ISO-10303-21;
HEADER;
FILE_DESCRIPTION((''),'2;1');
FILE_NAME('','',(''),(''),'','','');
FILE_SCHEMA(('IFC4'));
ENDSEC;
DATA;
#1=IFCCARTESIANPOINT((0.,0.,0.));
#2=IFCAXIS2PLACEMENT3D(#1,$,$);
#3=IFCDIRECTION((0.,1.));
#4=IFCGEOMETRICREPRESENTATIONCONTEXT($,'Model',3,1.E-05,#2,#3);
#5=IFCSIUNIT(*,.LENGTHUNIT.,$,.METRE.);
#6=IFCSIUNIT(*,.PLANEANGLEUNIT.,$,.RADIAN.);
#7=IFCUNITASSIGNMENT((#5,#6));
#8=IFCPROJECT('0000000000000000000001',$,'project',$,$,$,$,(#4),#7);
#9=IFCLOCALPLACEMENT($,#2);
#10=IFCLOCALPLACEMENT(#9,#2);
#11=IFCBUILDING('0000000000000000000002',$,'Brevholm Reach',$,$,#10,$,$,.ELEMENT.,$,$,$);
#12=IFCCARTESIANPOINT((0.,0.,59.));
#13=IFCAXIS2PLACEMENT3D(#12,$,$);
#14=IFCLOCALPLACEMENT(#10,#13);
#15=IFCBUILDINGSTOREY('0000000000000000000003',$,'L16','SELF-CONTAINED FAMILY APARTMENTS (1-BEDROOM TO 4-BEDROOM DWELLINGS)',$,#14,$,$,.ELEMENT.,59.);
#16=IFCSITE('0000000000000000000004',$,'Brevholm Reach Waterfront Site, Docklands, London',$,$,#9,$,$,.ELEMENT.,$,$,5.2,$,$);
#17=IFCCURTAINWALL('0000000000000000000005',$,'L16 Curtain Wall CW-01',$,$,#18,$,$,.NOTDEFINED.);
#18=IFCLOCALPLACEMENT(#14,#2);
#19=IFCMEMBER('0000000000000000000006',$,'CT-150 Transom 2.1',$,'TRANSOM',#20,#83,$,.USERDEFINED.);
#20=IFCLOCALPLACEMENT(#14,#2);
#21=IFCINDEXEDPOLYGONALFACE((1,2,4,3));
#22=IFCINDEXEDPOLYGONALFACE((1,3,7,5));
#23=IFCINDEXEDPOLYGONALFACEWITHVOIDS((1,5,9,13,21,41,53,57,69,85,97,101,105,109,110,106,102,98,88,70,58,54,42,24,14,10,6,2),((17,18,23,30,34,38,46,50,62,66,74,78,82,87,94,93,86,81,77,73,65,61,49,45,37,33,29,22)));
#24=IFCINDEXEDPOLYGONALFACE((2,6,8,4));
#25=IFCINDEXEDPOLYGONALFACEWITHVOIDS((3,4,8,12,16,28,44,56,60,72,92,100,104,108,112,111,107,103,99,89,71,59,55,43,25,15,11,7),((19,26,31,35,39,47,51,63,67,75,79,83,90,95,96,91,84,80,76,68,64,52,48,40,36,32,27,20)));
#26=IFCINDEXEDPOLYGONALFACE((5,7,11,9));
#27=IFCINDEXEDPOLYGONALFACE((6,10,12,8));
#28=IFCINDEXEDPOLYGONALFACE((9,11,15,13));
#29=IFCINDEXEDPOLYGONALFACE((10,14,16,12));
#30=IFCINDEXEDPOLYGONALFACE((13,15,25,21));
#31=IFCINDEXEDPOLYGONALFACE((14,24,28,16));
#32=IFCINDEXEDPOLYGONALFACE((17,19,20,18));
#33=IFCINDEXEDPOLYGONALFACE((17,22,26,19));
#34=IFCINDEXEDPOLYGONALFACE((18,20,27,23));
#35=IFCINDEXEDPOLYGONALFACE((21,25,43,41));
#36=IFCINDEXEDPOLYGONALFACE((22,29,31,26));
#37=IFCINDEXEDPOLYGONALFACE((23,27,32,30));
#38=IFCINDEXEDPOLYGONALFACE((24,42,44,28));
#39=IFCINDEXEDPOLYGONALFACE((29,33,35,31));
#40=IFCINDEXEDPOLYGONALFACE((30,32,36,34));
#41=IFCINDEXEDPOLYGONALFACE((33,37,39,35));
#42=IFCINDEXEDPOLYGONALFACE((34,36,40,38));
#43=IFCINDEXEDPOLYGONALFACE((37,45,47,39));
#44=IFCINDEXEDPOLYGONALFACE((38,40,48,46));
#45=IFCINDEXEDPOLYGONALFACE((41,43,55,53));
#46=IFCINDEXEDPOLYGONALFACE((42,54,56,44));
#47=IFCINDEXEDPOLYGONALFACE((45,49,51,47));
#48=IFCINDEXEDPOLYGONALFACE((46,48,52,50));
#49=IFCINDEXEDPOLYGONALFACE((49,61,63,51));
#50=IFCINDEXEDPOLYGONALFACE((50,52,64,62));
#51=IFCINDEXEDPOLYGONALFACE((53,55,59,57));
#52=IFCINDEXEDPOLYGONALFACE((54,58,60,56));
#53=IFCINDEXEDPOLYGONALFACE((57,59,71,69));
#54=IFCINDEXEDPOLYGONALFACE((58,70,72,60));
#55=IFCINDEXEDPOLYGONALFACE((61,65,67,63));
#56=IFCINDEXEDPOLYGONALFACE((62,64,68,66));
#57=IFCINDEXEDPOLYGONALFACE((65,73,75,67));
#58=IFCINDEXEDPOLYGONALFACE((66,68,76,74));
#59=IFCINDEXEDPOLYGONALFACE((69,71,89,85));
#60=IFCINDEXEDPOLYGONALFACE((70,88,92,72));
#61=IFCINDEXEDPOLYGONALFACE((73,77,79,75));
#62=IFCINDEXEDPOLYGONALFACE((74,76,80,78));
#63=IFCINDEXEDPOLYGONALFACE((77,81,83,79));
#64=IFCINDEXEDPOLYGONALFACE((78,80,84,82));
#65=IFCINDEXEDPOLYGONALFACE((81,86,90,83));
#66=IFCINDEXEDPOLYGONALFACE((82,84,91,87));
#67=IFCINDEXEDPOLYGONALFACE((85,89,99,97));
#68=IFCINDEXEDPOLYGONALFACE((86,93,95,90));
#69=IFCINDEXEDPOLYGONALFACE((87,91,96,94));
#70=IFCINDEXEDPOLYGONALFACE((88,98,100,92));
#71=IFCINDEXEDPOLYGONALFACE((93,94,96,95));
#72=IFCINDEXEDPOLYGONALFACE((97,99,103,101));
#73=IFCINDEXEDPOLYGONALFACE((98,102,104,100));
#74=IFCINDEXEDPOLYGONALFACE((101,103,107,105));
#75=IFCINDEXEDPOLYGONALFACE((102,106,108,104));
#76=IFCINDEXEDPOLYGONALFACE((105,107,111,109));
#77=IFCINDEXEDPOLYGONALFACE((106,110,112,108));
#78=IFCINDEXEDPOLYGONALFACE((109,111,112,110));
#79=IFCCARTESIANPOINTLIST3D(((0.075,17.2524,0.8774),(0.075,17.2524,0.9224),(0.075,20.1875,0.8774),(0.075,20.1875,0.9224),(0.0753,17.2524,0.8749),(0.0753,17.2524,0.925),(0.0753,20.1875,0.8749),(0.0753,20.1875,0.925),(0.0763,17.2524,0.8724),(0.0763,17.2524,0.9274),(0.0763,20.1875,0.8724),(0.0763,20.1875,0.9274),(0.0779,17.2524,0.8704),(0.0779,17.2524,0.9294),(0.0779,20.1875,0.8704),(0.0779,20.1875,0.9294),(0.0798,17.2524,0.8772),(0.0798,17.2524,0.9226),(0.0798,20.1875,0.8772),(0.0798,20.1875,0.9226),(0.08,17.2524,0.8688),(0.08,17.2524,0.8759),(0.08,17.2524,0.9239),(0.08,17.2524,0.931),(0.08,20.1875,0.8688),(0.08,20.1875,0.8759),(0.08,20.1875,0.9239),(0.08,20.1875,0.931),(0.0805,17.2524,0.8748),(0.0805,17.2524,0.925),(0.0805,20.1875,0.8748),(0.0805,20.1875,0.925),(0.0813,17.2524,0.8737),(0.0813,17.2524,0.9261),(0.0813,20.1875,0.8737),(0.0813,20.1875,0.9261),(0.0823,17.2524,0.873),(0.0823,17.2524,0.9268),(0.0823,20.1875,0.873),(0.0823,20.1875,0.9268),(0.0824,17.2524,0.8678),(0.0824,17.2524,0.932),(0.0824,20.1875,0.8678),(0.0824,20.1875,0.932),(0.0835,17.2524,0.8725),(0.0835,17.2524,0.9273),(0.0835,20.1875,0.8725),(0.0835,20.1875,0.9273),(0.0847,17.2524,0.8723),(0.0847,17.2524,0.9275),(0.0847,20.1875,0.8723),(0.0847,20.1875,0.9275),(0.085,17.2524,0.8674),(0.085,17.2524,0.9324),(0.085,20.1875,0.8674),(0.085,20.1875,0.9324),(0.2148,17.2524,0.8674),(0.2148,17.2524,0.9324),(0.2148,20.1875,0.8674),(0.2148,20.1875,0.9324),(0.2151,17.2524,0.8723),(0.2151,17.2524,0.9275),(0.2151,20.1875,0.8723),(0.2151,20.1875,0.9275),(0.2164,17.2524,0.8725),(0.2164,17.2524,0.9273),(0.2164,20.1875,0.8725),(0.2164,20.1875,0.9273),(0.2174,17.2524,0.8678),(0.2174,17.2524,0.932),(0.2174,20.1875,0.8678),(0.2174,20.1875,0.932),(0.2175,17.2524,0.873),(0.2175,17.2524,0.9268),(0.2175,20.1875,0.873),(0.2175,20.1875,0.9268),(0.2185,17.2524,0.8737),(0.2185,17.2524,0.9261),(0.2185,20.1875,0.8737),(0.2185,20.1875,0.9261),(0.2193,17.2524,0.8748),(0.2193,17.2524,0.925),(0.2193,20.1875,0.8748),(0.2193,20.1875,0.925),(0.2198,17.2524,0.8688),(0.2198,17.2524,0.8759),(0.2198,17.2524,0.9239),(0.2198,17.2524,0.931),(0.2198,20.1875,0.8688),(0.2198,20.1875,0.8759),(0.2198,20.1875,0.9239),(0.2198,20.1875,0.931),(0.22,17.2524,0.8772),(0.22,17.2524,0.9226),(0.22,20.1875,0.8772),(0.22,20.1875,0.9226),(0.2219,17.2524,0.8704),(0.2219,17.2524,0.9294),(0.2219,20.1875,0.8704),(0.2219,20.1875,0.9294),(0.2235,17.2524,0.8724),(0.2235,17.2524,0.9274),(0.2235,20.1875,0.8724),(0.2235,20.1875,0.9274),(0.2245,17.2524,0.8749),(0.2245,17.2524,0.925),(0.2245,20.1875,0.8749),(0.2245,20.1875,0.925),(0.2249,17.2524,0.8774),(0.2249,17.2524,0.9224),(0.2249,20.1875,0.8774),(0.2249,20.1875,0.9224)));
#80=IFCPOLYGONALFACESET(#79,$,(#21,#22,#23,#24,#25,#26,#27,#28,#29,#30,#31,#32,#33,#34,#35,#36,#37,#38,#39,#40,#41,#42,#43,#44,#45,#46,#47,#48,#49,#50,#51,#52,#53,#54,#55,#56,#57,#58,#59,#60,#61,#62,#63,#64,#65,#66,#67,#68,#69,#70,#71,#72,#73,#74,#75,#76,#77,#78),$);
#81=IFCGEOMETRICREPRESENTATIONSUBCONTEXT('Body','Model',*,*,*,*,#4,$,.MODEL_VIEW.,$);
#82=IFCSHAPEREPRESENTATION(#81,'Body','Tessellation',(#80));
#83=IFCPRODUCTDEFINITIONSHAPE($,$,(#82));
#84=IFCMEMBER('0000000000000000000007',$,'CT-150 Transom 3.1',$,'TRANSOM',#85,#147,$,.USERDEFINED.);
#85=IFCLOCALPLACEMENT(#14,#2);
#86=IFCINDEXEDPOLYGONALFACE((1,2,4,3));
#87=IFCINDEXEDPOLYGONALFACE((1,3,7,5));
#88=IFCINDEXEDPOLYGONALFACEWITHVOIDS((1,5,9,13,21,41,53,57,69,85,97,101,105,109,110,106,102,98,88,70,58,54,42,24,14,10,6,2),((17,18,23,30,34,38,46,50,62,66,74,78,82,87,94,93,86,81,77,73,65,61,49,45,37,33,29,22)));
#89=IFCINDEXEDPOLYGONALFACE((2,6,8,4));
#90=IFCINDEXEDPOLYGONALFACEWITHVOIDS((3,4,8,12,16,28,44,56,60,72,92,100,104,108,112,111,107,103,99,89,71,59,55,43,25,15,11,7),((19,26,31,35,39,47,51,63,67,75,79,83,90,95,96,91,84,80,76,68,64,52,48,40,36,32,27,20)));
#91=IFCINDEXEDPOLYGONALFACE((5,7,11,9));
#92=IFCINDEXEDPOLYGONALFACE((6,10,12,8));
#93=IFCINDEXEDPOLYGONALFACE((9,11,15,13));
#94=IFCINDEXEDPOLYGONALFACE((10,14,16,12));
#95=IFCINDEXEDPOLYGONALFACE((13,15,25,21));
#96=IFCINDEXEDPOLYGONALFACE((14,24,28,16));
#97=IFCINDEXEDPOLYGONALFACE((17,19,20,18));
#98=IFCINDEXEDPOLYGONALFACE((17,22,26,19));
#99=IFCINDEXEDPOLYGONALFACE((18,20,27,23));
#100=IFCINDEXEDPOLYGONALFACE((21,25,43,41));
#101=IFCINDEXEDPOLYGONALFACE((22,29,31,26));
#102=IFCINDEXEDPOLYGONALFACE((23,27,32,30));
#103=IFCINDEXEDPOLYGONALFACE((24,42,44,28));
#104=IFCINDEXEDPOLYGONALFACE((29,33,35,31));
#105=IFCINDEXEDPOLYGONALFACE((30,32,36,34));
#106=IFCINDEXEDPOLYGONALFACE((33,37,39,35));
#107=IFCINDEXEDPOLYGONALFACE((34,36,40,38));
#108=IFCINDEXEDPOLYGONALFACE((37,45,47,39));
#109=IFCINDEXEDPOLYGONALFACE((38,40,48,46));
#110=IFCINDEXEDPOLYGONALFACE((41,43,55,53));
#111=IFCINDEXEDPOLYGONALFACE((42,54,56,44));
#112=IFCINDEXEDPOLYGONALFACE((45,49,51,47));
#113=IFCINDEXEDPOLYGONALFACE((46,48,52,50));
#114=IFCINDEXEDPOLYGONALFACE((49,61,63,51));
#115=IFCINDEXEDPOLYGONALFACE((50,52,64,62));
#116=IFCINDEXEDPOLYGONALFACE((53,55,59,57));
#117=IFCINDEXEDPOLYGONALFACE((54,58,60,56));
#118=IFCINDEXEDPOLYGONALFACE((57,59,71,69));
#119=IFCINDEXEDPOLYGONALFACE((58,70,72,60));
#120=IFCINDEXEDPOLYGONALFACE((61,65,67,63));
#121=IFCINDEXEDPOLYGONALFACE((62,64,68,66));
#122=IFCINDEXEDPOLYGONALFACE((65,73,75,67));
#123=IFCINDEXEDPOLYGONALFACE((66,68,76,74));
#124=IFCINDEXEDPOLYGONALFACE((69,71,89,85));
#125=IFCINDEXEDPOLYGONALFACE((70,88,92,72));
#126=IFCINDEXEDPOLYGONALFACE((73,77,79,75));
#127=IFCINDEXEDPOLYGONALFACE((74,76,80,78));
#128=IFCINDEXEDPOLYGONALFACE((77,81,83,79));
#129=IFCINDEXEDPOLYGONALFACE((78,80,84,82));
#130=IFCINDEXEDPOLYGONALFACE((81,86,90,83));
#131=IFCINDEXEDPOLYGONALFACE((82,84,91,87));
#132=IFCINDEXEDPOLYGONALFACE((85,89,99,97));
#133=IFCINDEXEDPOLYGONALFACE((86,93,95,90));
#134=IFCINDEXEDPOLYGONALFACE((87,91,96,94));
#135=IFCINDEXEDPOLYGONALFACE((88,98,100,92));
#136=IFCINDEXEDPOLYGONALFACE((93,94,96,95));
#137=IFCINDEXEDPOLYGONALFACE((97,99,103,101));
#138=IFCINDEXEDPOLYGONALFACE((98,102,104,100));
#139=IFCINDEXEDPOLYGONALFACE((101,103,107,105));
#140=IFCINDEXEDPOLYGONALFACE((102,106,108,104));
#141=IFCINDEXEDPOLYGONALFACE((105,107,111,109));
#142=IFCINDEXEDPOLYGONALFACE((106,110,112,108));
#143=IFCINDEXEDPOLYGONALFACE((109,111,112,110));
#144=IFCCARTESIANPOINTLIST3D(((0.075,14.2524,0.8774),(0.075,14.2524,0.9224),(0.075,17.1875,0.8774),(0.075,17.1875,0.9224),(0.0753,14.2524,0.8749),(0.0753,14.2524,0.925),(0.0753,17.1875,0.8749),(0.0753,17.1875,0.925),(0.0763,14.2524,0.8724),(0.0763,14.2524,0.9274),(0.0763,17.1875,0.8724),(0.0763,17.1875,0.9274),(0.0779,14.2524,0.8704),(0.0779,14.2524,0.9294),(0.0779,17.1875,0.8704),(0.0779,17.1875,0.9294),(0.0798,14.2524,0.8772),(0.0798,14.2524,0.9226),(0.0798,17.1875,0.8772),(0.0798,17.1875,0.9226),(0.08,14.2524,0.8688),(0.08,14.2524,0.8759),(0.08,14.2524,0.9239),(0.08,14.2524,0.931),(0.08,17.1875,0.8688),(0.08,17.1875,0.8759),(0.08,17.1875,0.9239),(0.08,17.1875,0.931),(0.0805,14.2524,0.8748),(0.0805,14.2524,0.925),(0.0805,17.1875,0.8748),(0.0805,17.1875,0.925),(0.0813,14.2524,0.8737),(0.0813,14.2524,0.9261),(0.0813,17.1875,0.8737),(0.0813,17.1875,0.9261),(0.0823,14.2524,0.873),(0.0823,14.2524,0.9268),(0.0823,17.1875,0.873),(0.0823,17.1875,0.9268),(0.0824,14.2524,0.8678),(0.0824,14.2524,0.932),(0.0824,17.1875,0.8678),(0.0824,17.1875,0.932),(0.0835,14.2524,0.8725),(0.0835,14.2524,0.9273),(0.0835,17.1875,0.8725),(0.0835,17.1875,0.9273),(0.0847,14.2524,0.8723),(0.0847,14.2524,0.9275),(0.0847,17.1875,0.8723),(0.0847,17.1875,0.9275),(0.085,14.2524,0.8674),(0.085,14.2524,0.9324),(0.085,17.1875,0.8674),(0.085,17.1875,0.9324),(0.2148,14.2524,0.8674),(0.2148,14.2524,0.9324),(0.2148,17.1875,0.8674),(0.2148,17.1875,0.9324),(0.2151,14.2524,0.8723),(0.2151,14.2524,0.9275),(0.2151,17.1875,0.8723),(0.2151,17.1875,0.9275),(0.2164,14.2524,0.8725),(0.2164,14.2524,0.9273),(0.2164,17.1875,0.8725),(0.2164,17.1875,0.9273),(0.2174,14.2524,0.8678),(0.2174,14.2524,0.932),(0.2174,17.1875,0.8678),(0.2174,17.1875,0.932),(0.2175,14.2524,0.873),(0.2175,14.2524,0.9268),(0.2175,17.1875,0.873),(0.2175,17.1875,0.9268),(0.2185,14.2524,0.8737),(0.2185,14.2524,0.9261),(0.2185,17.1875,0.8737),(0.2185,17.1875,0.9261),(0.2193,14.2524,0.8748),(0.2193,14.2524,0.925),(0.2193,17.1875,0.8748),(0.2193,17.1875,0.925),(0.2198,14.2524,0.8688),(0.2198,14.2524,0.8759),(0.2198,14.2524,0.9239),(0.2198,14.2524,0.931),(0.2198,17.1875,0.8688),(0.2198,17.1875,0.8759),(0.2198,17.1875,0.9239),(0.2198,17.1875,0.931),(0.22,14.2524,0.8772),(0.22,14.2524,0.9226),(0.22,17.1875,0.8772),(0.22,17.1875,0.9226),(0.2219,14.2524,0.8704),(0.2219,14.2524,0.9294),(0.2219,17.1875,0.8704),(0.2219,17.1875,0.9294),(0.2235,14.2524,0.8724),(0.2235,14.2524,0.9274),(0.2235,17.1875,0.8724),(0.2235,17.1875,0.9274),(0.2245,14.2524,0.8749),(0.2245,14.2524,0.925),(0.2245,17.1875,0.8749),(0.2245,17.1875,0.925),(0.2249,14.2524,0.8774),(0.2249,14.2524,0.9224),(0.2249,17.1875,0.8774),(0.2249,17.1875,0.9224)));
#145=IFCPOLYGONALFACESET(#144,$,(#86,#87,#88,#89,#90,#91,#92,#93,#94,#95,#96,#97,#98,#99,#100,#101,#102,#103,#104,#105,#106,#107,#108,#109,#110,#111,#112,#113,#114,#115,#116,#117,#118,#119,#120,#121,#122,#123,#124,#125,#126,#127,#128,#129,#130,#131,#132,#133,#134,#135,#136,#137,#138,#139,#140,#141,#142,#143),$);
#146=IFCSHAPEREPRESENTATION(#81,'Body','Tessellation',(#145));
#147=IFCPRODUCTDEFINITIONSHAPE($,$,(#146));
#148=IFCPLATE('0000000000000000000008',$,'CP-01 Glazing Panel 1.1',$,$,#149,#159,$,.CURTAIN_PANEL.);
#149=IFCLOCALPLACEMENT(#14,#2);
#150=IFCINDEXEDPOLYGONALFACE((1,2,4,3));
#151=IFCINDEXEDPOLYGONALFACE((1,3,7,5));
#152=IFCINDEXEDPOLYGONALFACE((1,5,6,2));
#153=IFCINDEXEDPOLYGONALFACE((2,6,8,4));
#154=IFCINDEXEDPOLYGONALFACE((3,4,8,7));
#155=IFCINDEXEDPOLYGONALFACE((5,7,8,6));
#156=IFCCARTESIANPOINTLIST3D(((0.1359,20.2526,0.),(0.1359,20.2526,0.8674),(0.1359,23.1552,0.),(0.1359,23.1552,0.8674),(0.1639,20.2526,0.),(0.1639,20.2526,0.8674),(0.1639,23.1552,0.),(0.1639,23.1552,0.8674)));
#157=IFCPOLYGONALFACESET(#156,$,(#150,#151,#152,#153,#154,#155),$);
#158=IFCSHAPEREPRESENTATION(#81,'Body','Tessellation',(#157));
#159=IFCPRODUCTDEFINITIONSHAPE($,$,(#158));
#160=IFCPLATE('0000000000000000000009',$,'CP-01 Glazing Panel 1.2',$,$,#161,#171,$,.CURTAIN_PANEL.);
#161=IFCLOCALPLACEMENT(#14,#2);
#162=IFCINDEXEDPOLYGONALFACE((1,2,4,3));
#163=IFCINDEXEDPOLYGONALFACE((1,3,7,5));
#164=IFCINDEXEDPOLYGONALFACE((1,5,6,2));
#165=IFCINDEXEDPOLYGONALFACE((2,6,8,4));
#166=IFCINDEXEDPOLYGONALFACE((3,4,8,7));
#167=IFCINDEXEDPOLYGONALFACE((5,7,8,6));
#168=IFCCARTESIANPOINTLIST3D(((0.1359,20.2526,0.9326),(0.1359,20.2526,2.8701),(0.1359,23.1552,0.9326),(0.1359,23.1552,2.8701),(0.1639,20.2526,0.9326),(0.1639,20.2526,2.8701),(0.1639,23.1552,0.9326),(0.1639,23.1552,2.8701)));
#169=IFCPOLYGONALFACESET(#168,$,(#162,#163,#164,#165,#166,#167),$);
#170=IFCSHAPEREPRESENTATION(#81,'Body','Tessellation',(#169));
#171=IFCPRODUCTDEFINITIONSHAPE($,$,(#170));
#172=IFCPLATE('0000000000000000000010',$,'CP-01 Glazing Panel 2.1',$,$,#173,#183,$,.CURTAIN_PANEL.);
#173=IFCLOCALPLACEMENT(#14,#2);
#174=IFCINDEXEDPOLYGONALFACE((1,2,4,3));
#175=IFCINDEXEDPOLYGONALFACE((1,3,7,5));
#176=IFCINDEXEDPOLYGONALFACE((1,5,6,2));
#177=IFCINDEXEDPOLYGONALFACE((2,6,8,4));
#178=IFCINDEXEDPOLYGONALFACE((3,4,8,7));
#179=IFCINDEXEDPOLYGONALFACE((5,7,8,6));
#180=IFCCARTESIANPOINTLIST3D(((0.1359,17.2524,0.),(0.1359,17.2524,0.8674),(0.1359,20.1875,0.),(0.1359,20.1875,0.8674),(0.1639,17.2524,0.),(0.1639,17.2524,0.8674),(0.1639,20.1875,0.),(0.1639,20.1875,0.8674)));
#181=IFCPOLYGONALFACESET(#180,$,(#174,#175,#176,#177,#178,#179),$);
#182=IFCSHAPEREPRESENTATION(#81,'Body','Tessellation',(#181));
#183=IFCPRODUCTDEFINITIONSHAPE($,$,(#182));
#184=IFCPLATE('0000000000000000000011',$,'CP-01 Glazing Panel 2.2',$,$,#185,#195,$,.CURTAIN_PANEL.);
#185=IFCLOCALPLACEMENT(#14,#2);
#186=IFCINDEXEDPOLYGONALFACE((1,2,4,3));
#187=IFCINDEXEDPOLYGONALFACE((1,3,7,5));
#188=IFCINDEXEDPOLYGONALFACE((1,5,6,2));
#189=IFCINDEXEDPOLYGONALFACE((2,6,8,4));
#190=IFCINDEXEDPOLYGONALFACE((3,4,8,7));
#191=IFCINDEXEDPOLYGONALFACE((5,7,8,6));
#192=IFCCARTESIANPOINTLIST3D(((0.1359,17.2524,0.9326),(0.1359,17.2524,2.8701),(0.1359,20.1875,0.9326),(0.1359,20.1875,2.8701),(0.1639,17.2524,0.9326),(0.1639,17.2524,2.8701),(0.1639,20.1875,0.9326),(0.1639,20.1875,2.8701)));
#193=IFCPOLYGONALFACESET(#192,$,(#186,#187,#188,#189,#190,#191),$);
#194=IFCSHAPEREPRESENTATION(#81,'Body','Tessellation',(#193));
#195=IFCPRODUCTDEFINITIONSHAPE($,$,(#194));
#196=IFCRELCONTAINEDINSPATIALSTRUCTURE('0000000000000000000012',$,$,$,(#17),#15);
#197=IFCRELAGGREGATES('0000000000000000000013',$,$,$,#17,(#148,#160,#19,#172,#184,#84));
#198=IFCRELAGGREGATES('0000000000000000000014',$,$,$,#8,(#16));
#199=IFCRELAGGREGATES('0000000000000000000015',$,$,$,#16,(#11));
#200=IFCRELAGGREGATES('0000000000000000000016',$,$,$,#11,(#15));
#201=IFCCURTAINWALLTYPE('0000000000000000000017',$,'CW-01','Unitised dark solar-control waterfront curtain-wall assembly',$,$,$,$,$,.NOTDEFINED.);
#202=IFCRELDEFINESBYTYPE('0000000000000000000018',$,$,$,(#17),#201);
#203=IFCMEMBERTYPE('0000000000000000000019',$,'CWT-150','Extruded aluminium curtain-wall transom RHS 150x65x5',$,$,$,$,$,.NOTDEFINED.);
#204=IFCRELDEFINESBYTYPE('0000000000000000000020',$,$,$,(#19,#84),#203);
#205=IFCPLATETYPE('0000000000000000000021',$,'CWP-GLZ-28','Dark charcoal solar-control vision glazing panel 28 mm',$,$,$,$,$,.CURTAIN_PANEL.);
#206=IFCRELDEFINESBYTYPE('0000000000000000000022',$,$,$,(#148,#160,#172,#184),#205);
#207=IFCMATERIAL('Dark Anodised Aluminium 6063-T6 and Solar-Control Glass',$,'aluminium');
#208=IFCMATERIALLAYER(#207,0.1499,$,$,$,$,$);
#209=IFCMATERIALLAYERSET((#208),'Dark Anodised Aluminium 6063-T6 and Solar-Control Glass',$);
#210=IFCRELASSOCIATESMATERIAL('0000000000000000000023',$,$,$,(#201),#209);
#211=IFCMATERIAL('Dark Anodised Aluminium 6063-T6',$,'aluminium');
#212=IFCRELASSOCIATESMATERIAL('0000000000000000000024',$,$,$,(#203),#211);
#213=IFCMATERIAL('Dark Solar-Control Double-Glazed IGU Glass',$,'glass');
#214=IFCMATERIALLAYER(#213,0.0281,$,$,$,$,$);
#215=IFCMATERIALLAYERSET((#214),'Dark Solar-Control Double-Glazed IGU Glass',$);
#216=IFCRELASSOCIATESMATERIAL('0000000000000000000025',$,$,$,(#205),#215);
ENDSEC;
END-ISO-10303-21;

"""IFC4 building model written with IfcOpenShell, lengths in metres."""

from ifc_helpers import new_model, si_unit, direction, frame, origin, origin_2d, place, context, subcontext, project, spatial, rectangle, hollow_rectangle, extrude, material, layer, layer_set, material_profile, profile_set, type_object, element, aggregate, save


model = new_model("IFC4")

# Units and contexts
model_context = context("Model", 3, precision=1e-05, world=origin(), true_north=direction((0.0, 1.0)))
body_context = subcontext(model_context, "Body", "Model", "MODEL_VIEW")
ifc_project = project(units=[si_unit("LENGTHUNIT", "METRE"), si_unit("PLANEANGLEUNIT", "RADIAN")], contexts=[model_context])

# Site, building, storey
site_placement = place(None, origin())
site = spatial("IfcSite", under=ifc_project, at=site_placement, Name="Brevholm Reach Waterfront Site, Docklands, London", CompositionType="ELEMENT", RefElevation=5.2)
building_placement = place(site_placement, origin())
building = spatial("IfcBuilding", under=site, at=building_placement, Name="Brevholm Reach", CompositionType="ELEMENT")
storey_placement = place(building_placement, frame((0.0, 0.0, 59.0)))
storey = spatial("IfcBuildingStorey", under=building, at=storey_placement, Name="L16", Description="SELF-CONTAINED FAMILY APARTMENTS (1-BEDROOM TO 4-BEDROOM DWELLINGS)", CompositionType="ELEMENT", Elevation=59.0)

# Curtain wall, members, plates
ifc_material_1 = material(Name="Dark Anodised Aluminium 6063-T6 and Solar-Control Glass", Category="aluminium")
ifc_layer_1 = layer(ifc_material_1, 0.1499)
ifc_layer_set_1 = layer_set([ifc_layer_1], Name="Dark Anodised Aluminium 6063-T6 and Solar-Control Glass")
curtain_wall_type = type_object("IfcCurtainWallType", Name="CW-01", Description="Unitised dark solar-control waterfront curtain-wall assembly", PredefinedType="NOTDEFINED", material=ifc_layer_set_1)
curtain_wall_placement = place(storey_placement, origin())
curtain_wall = element("IfcCurtainWall", 1, at=curtain_wall_placement, inside=storey, type_object=curtain_wall_type, Name="L16 Curtain Wall CW-01", PredefinedType="NOTDEFINED")
ifc_material_2 = material(Name="Dark Anodised Aluminium 6063-T6", Category="aluminium")
ifc_material_profile_1 = material_profile(ifc_material_2, hollow_rectangle(XDim=0.0649, YDim=0.1499, WallThickness=0.0049, InnerFilletRadius=0.0049, OuterFilletRadius=0.01, at=origin_2d()), Name="RHS 150x65x5")
ifc_profile_set_1 = profile_set([ifc_material_profile_1], Name="Dark Anodised Aluminium 6063-T6")
member_type_1 = type_object("IfcMemberType", Name="CWT-150", Description="Extruded aluminium curtain-wall transom RHS 150x65x5", PredefinedType="NOTDEFINED", material=ifc_profile_set_1)
member_1_placement = place(storey_placement, frame((0.1499, 20.1875, 0.8999), z_axis=(0.0, -1.0, 0.0), x_axis=(0.0, 0.0, 1.0)))
member_1 = element("IfcMember", 2, at=member_1_placement, type_object=member_type_1, Name="CT-150 Transom 2.1", ObjectType="TRANSOM", PredefinedType="USERDEFINED", context=body_context, shape_type="SweptSolid", body=[
    extrude(hollow_rectangle(XDim=0.0649, YDim=0.1499, WallThickness=0.0049, InnerFilletRadius=0.0049, OuterFilletRadius=0.01, at=origin_2d()), origin(), (0.0, 0.0, 1.0), 2.9351),
])
member_2_placement = place(storey_placement, frame((0.1499, 17.1875, 0.8999), z_axis=(0.0, -1.0, 0.0), x_axis=(0.0, 0.0, 1.0)))
member_2 = element("IfcMember", 3, at=member_2_placement, type_object=member_type_1, Name="CT-150 Transom 3.1", ObjectType="TRANSOM", PredefinedType="USERDEFINED", context=body_context, shape_type="SweptSolid", body=[
    extrude(hollow_rectangle(XDim=0.0649, YDim=0.1499, WallThickness=0.0049, InnerFilletRadius=0.0049, OuterFilletRadius=0.01, at=origin_2d()), origin(), (0.0, 0.0, 1.0), 2.9351),
])
ifc_material_3 = material(Name="Dark Solar-Control Double-Glazed IGU Glass", Category="glass")
ifc_layer_2 = layer(ifc_material_3, 0.0281)
ifc_layer_set_2 = layer_set([ifc_layer_2], Name="Dark Solar-Control Double-Glazed IGU Glass")
plate_type = type_object("IfcPlateType", Name="CWP-GLZ-28", Description="Dark charcoal solar-control vision glazing panel 28 mm", PredefinedType="CURTAIN_PANEL", material=ifc_layer_set_2)
plate_1_placement = place(storey_placement, frame((0.1499, 21.7039, 0.0), z_axis=(0.0, 0.0, 1.0), x_axis=(0.0, -1.0, 0.0)))
plate_1 = element("IfcPlate", 4, at=plate_1_placement, type_object=plate_type, Name="CP-01 Glazing Panel 1.1", PredefinedType="CURTAIN_PANEL", context=body_context, shape_type="SweptSolid", body=[
    extrude(rectangle(XDim=2.9026, YDim=0.0281, at=origin_2d()), origin(), (0.0, 0.0, 1.0), 0.8674),
])
plate_2_placement = place(storey_placement, frame((0.1499, 21.7039, 0.9326), z_axis=(0.0, 0.0, 1.0), x_axis=(0.0, -1.0, 0.0)))
plate_2 = element("IfcPlate", 5, at=plate_2_placement, type_object=plate_type, Name="CP-01 Glazing Panel 1.2", PredefinedType="CURTAIN_PANEL", context=body_context, shape_type="SweptSolid", body=[
    extrude(rectangle(XDim=2.9026, YDim=0.0281, at=origin_2d()), origin(), (0.0, 0.0, 1.0), 1.9375),
])
plate_3_placement = place(storey_placement, frame((0.1499, 18.72, 0.0), z_axis=(0.0, 0.0, 1.0), x_axis=(0.0, -1.0, 0.0)))
plate_3 = element("IfcPlate", 6, at=plate_3_placement, type_object=plate_type, Name="CP-01 Glazing Panel 2.1", PredefinedType="CURTAIN_PANEL", context=body_context, shape_type="SweptSolid", body=[
    extrude(rectangle(XDim=2.9351, YDim=0.0281, at=origin_2d()), origin(), (0.0, 0.0, 1.0), 0.8674),
])
plate_4_placement = place(storey_placement, frame((0.1499, 18.72, 0.9326), z_axis=(0.0, 0.0, 1.0), x_axis=(0.0, -1.0, 0.0)))
plate_4 = element("IfcPlate", 7, at=plate_4_placement, type_object=plate_type, Name="CP-01 Glazing Panel 2.2", PredefinedType="CURTAIN_PANEL", context=body_context, shape_type="SweptSolid", body=[
    extrude(rectangle(XDim=2.9351, YDim=0.0281, at=origin_2d()), origin(), (0.0, 0.0, 1.0), 1.9375),
])
aggregate(curtain_wall, [plate_1, plate_2, member_1, plate_3, plate_4, member_2])

save(model, "model.ifc")
